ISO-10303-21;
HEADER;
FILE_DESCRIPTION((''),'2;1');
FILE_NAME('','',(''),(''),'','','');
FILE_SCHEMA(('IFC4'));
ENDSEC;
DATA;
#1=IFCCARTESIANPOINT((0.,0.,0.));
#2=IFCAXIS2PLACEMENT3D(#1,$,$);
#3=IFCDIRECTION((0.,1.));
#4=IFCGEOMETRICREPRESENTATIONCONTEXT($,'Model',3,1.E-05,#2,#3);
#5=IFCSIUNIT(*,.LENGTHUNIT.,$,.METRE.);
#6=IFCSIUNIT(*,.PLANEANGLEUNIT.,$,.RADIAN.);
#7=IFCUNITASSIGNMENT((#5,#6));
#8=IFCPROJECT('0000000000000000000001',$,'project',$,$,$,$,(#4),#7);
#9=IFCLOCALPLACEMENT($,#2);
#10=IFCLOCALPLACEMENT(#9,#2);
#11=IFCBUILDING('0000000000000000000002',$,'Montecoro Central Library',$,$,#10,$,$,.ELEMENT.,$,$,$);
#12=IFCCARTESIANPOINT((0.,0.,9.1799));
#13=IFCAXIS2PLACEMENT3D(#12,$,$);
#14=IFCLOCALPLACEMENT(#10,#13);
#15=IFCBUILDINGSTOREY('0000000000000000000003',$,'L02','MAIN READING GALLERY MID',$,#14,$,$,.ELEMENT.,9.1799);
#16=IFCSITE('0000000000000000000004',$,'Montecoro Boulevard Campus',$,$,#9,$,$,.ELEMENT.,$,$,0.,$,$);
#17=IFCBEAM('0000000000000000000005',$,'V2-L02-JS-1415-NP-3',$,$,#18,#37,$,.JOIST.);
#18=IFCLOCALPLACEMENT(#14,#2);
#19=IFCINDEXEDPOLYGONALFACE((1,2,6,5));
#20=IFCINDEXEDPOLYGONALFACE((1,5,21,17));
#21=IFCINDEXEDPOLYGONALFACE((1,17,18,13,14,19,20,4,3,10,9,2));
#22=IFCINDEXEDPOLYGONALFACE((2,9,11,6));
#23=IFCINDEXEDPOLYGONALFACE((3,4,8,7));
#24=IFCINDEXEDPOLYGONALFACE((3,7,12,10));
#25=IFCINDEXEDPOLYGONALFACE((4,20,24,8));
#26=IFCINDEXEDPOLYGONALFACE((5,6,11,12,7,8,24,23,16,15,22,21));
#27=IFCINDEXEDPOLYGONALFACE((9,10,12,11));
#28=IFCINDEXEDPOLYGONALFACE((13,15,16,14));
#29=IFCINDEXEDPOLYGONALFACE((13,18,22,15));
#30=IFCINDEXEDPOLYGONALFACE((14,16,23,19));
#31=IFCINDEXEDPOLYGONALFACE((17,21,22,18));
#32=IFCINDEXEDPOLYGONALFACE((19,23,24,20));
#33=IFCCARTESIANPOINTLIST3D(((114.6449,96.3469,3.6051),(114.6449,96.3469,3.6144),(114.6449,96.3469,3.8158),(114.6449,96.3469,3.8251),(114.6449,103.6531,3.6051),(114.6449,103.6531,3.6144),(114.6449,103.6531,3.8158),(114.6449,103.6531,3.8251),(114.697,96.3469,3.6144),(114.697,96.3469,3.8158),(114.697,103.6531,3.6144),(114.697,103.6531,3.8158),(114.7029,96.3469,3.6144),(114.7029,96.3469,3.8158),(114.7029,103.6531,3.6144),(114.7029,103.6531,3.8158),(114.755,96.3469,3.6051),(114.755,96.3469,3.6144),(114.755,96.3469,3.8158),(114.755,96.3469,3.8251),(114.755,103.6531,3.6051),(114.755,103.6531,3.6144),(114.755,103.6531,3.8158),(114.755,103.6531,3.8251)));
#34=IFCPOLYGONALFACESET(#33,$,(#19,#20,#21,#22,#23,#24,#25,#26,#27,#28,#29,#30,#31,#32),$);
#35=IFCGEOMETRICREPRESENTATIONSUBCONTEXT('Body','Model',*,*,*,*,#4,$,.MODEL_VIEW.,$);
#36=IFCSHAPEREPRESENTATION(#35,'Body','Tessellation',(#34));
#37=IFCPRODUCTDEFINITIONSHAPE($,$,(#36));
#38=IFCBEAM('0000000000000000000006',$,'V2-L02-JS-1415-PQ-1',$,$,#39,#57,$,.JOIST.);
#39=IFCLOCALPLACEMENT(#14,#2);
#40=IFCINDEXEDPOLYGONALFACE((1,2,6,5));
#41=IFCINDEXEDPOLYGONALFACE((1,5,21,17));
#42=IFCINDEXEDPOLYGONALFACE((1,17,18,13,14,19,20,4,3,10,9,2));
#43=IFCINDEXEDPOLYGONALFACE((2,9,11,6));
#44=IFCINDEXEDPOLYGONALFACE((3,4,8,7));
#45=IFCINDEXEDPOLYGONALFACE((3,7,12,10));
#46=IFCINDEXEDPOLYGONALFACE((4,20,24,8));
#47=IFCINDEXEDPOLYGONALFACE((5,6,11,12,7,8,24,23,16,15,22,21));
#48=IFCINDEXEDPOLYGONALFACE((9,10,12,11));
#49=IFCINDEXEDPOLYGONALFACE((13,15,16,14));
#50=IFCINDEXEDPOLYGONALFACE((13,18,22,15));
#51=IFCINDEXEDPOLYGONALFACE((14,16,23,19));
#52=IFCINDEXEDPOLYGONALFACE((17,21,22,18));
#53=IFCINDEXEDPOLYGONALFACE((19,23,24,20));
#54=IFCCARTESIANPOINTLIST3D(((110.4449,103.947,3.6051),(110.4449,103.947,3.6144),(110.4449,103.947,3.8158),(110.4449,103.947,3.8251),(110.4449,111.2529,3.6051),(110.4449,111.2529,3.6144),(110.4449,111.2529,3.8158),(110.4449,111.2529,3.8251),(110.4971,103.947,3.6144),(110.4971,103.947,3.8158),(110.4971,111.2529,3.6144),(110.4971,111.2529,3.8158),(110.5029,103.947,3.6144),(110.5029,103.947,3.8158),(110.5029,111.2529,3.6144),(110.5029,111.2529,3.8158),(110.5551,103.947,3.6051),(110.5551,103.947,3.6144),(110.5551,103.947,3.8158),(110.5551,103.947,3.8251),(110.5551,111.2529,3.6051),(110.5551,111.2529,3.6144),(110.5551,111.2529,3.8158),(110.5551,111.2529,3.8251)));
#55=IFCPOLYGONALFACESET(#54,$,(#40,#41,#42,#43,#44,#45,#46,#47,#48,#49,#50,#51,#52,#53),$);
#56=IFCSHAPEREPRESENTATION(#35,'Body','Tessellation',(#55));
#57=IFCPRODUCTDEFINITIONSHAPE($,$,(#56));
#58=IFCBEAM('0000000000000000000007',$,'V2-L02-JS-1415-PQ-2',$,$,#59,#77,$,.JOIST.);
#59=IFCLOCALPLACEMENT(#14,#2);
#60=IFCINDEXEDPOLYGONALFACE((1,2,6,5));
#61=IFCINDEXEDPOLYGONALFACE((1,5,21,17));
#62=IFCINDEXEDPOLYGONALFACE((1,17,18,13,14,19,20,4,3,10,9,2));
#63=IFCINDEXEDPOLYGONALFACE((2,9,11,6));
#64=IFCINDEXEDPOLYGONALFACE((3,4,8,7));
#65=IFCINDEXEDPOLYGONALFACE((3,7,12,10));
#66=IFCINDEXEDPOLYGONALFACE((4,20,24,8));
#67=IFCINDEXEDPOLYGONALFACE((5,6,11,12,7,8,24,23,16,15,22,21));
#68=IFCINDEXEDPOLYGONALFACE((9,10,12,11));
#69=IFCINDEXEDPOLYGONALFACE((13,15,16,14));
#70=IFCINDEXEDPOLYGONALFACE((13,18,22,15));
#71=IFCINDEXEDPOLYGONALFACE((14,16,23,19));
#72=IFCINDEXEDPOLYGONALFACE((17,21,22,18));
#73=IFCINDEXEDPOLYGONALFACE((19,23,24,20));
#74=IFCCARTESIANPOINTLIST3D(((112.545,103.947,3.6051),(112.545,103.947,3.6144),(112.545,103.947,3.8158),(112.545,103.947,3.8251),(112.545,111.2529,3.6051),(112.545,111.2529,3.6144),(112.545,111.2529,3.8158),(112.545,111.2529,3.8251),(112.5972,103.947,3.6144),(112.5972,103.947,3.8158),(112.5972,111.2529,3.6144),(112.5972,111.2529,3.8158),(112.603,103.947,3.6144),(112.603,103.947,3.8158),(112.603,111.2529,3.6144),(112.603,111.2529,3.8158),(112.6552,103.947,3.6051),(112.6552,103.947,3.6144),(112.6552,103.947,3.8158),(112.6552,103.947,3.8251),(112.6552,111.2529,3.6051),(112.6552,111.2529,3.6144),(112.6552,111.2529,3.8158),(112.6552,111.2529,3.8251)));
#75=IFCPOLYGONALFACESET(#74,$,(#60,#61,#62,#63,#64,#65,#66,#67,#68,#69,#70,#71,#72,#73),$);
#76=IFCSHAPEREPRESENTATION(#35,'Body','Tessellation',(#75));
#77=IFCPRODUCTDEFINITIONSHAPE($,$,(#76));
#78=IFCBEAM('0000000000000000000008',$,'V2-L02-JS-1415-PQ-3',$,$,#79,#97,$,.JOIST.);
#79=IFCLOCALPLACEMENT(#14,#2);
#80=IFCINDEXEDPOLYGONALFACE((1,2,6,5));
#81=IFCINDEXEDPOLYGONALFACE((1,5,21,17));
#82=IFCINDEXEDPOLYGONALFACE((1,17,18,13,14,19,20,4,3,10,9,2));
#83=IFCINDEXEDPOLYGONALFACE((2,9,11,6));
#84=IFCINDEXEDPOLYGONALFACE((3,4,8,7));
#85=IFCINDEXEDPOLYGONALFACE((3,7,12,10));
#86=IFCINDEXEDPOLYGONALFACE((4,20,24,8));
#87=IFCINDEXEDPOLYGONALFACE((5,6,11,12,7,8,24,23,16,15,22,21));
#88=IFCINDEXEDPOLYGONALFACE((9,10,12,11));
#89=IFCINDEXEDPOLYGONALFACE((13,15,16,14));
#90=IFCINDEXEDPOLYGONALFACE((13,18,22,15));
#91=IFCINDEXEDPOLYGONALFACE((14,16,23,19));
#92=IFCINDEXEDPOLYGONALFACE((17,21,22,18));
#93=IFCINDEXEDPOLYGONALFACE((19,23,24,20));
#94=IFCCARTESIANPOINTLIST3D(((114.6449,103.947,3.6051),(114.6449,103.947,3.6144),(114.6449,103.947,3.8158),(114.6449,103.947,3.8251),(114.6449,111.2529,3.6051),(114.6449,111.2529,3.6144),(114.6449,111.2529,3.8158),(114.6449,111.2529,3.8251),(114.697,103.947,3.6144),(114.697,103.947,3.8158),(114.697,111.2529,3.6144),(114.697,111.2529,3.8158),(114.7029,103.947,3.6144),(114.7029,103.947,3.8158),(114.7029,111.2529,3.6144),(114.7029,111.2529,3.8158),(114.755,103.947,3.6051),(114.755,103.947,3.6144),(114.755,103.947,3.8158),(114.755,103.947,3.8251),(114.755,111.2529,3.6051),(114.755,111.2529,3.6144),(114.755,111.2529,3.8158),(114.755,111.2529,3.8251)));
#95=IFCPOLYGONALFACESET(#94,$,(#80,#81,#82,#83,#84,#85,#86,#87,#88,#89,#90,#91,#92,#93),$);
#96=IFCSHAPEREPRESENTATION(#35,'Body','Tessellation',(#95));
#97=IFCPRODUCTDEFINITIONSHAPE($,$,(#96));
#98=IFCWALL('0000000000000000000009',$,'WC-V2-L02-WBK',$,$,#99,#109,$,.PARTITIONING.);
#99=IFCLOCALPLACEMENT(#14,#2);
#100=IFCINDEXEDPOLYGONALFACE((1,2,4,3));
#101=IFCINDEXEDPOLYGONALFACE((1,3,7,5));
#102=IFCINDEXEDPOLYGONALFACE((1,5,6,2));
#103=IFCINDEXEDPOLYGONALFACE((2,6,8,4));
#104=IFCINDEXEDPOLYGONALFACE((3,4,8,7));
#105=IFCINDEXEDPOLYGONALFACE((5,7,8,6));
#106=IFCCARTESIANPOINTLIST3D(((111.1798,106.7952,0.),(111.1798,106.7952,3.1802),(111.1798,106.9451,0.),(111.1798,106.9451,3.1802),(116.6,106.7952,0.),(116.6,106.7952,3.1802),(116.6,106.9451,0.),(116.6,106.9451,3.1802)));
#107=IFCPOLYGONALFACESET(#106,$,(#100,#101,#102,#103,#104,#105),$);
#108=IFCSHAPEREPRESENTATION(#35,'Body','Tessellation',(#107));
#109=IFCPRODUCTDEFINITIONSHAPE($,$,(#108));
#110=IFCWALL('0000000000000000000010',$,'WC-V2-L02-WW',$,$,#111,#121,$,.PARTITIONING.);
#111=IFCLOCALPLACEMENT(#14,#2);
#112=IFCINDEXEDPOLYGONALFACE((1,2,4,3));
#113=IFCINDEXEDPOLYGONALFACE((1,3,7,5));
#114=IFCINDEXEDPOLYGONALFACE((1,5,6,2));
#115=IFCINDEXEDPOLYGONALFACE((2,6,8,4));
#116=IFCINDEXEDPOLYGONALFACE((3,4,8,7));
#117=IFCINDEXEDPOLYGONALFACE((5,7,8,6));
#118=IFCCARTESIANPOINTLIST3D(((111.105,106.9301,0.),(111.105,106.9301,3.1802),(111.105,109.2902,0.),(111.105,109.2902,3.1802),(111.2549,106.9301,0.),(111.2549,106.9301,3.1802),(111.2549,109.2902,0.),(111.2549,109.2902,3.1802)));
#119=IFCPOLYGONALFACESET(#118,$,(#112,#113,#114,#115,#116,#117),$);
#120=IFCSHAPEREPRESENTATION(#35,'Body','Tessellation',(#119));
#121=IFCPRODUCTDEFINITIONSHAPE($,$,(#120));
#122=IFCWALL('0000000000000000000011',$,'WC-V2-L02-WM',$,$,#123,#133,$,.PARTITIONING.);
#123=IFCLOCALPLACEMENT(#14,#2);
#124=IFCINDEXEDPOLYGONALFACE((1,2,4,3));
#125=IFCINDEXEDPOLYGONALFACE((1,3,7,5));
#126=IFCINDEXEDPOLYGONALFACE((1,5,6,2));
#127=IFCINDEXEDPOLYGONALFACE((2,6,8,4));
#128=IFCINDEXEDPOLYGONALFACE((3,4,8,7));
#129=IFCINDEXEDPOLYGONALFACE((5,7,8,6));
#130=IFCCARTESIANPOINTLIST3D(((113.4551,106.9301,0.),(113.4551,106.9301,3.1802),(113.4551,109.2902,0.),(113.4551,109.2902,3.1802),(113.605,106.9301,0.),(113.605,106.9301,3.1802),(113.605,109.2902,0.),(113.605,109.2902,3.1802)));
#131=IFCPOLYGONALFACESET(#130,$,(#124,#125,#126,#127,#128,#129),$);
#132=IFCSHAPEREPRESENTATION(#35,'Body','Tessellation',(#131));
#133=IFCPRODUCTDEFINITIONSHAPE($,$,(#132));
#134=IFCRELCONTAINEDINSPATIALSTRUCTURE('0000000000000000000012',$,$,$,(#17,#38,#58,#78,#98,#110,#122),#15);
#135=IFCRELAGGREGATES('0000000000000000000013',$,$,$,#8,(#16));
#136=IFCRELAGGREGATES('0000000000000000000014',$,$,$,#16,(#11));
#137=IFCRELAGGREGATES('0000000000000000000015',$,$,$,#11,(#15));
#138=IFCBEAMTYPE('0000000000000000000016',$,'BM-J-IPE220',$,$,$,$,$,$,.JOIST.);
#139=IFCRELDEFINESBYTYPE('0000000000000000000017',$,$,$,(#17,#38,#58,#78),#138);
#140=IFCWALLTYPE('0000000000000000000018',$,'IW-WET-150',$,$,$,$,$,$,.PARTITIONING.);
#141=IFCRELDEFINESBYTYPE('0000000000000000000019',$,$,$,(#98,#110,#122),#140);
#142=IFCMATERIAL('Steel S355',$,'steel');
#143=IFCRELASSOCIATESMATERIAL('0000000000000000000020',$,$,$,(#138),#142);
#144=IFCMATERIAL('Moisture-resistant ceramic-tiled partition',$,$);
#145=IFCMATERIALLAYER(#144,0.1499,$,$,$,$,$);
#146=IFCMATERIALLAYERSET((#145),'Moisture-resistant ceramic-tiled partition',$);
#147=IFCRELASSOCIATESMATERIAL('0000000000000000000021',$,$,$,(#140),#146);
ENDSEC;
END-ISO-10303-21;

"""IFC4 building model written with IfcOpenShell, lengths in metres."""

from ifc_helpers import new_model, si_unit, direction, frame, frame_2d, origin, origin_2d, place, context, subcontext, project, spatial, rectangle, i_section, extrude, material, layer, layer_set, material_profile, profile_set, type_object, element, save


model = new_model("IFC4")

# Units and contexts
model_context = context("Model", 3, precision=1e-05, world=origin(), true_north=direction((0.0, 1.0)))
body_context = subcontext(model_context, "Body", "Model", "MODEL_VIEW")
ifc_project = project(units=[si_unit("LENGTHUNIT", "METRE"), si_unit("PLANEANGLEUNIT", "RADIAN")], contexts=[model_context])

# Site, building, storey
site_placement = place(None, origin())
site = spatial("IfcSite", under=ifc_project, at=site_placement, Name="Montecoro Boulevard Campus", CompositionType="ELEMENT", RefElevation=0.0)
building_placement = place(site_placement, origin())
building = spatial("IfcBuilding", under=site, at=building_placement, Name="Montecoro Central Library", CompositionType="ELEMENT")
storey_placement = place(building_placement, frame((0.0, 0.0, 9.1799)))
storey = spatial("IfcBuildingStorey", under=building, at=storey_placement, Name="L02", Description="MAIN READING GALLERY MID", CompositionType="ELEMENT", Elevation=9.1799)

# Shared definitions
ifc_material_1 = material(Name="Steel S355", Category="steel")

# Beams
ifc_material_profile_1 = material_profile(ifc_material_1, i_section(OverallWidth=0.1101, OverallDepth=0.22, WebThickness=0.0059, FlangeThickness=0.0093, at=origin_2d()), Name="IPE 220")
ifc_profile_set_1 = profile_set([ifc_material_profile_1], Name="Steel S355")
beam_type_1 = type_object("IfcBeamType", Name="BM-J-IPE220", PredefinedType="JOIST", material=ifc_profile_set_1)
for number, where, z_axis, x_axis, name in (
    (1, (114.7, 96.3469, 3.7151), (0.0, 1.0, 0.0), (-1.0, 0.0, 0.0), "V2-L02-JS-1415-NP-3"),
):
    element("IfcBeam", number, at=place(storey_placement, frame(where, z_axis=z_axis, x_axis=x_axis)), inside=storey, type_object=beam_type_1, Name=name, PredefinedType="JOIST", context=body_context, shape_type="SweptSolid", body=[
        extrude(i_section(OverallWidth=0.1101, OverallDepth=0.22, WebThickness=0.0059, FlangeThickness=0.0093, at=origin_2d()), origin(), (0.0, 0.0, 1.0), 7.3062),
    ])
for number, where, z_axis, x_axis, name in (
    (2, (110.5, 103.947, 3.7151), (0.0, 1.0, 0.0), (-1.0, 0.0, 0.0), "V2-L02-JS-1415-PQ-1"),
    (3, (112.6001, 103.947, 3.7151), (0.0, 1.0, 0.0), (-1.0, 0.0, 0.0), "V2-L02-JS-1415-PQ-2"),
    (4, (114.7, 103.947, 3.7151), (0.0, 1.0, 0.0), (-1.0, 0.0, 0.0), "V2-L02-JS-1415-PQ-3"),
):
    element("IfcBeam", number, at=place(storey_placement, frame(where, z_axis=z_axis, x_axis=x_axis)), inside=storey, type_object=beam_type_1, Name=name, PredefinedType="JOIST", context=body_context, shape_type="SweptSolid", body=[
        extrude(i_section(OverallWidth=0.1101, OverallDepth=0.22, WebThickness=0.0059, FlangeThickness=0.0093, at=origin_2d()), origin(), (0.0, 0.0, 1.0), 7.3059),
    ])

# Walls
ifc_material_2 = material(Name="Moisture-resistant ceramic-tiled partition")
ifc_layer_1 = layer(ifc_material_2, 0.1499)
ifc_layer_set_1 = layer_set([ifc_layer_1], Name="Moisture-resistant ceramic-tiled partition")
wall_type_1 = type_object("IfcWallType", Name="IW-WET-150", PredefinedType="PARTITIONING", material=ifc_layer_set_1)
wall_1_placement = place(storey_placement, frame((111.1799, 106.8701, 0.0), z_axis=(0.0, 0.0, 1.0), x_axis=(1.0, 0.0, 0.0)))
element("IfcWall", 5, at=wall_1_placement, inside=storey, type_object=wall_type_1, Name="WC-V2-L02-WBK", PredefinedType="PARTITIONING", context=body_context, shape_type="SweptSolid", body=[
    extrude(rectangle(XDim=5.4202, YDim=0.1499, at=frame_2d((2.71, 0.0))), origin(), (0.0, 0.0, 1.0), 3.1802),
])
for number, where, z_axis, x_axis, name in (
    (6, (111.1799, 106.9299, 0.0), (0.0, 0.0, 1.0), (0.0, 1.0, 0.0), "WC-V2-L02-WW"),
    (7, (113.53, 106.9299, 0.0), (0.0, 0.0, 1.0), (0.0, 1.0, 0.0), "WC-V2-L02-WM"),
):
    element("IfcWall", number, at=place(storey_placement, frame(where, z_axis=z_axis, x_axis=x_axis)), inside=storey, type_object=wall_type_1, Name=name, PredefinedType="PARTITIONING", context=body_context, shape_type="SweptSolid", body=[
        extrude(rectangle(XDim=2.3601, YDim=0.1499, at=frame_2d((1.1802, 0.0))), origin(), (0.0, 0.0, 1.0), 3.1802),
    ])

save(model, "model.ifc")
